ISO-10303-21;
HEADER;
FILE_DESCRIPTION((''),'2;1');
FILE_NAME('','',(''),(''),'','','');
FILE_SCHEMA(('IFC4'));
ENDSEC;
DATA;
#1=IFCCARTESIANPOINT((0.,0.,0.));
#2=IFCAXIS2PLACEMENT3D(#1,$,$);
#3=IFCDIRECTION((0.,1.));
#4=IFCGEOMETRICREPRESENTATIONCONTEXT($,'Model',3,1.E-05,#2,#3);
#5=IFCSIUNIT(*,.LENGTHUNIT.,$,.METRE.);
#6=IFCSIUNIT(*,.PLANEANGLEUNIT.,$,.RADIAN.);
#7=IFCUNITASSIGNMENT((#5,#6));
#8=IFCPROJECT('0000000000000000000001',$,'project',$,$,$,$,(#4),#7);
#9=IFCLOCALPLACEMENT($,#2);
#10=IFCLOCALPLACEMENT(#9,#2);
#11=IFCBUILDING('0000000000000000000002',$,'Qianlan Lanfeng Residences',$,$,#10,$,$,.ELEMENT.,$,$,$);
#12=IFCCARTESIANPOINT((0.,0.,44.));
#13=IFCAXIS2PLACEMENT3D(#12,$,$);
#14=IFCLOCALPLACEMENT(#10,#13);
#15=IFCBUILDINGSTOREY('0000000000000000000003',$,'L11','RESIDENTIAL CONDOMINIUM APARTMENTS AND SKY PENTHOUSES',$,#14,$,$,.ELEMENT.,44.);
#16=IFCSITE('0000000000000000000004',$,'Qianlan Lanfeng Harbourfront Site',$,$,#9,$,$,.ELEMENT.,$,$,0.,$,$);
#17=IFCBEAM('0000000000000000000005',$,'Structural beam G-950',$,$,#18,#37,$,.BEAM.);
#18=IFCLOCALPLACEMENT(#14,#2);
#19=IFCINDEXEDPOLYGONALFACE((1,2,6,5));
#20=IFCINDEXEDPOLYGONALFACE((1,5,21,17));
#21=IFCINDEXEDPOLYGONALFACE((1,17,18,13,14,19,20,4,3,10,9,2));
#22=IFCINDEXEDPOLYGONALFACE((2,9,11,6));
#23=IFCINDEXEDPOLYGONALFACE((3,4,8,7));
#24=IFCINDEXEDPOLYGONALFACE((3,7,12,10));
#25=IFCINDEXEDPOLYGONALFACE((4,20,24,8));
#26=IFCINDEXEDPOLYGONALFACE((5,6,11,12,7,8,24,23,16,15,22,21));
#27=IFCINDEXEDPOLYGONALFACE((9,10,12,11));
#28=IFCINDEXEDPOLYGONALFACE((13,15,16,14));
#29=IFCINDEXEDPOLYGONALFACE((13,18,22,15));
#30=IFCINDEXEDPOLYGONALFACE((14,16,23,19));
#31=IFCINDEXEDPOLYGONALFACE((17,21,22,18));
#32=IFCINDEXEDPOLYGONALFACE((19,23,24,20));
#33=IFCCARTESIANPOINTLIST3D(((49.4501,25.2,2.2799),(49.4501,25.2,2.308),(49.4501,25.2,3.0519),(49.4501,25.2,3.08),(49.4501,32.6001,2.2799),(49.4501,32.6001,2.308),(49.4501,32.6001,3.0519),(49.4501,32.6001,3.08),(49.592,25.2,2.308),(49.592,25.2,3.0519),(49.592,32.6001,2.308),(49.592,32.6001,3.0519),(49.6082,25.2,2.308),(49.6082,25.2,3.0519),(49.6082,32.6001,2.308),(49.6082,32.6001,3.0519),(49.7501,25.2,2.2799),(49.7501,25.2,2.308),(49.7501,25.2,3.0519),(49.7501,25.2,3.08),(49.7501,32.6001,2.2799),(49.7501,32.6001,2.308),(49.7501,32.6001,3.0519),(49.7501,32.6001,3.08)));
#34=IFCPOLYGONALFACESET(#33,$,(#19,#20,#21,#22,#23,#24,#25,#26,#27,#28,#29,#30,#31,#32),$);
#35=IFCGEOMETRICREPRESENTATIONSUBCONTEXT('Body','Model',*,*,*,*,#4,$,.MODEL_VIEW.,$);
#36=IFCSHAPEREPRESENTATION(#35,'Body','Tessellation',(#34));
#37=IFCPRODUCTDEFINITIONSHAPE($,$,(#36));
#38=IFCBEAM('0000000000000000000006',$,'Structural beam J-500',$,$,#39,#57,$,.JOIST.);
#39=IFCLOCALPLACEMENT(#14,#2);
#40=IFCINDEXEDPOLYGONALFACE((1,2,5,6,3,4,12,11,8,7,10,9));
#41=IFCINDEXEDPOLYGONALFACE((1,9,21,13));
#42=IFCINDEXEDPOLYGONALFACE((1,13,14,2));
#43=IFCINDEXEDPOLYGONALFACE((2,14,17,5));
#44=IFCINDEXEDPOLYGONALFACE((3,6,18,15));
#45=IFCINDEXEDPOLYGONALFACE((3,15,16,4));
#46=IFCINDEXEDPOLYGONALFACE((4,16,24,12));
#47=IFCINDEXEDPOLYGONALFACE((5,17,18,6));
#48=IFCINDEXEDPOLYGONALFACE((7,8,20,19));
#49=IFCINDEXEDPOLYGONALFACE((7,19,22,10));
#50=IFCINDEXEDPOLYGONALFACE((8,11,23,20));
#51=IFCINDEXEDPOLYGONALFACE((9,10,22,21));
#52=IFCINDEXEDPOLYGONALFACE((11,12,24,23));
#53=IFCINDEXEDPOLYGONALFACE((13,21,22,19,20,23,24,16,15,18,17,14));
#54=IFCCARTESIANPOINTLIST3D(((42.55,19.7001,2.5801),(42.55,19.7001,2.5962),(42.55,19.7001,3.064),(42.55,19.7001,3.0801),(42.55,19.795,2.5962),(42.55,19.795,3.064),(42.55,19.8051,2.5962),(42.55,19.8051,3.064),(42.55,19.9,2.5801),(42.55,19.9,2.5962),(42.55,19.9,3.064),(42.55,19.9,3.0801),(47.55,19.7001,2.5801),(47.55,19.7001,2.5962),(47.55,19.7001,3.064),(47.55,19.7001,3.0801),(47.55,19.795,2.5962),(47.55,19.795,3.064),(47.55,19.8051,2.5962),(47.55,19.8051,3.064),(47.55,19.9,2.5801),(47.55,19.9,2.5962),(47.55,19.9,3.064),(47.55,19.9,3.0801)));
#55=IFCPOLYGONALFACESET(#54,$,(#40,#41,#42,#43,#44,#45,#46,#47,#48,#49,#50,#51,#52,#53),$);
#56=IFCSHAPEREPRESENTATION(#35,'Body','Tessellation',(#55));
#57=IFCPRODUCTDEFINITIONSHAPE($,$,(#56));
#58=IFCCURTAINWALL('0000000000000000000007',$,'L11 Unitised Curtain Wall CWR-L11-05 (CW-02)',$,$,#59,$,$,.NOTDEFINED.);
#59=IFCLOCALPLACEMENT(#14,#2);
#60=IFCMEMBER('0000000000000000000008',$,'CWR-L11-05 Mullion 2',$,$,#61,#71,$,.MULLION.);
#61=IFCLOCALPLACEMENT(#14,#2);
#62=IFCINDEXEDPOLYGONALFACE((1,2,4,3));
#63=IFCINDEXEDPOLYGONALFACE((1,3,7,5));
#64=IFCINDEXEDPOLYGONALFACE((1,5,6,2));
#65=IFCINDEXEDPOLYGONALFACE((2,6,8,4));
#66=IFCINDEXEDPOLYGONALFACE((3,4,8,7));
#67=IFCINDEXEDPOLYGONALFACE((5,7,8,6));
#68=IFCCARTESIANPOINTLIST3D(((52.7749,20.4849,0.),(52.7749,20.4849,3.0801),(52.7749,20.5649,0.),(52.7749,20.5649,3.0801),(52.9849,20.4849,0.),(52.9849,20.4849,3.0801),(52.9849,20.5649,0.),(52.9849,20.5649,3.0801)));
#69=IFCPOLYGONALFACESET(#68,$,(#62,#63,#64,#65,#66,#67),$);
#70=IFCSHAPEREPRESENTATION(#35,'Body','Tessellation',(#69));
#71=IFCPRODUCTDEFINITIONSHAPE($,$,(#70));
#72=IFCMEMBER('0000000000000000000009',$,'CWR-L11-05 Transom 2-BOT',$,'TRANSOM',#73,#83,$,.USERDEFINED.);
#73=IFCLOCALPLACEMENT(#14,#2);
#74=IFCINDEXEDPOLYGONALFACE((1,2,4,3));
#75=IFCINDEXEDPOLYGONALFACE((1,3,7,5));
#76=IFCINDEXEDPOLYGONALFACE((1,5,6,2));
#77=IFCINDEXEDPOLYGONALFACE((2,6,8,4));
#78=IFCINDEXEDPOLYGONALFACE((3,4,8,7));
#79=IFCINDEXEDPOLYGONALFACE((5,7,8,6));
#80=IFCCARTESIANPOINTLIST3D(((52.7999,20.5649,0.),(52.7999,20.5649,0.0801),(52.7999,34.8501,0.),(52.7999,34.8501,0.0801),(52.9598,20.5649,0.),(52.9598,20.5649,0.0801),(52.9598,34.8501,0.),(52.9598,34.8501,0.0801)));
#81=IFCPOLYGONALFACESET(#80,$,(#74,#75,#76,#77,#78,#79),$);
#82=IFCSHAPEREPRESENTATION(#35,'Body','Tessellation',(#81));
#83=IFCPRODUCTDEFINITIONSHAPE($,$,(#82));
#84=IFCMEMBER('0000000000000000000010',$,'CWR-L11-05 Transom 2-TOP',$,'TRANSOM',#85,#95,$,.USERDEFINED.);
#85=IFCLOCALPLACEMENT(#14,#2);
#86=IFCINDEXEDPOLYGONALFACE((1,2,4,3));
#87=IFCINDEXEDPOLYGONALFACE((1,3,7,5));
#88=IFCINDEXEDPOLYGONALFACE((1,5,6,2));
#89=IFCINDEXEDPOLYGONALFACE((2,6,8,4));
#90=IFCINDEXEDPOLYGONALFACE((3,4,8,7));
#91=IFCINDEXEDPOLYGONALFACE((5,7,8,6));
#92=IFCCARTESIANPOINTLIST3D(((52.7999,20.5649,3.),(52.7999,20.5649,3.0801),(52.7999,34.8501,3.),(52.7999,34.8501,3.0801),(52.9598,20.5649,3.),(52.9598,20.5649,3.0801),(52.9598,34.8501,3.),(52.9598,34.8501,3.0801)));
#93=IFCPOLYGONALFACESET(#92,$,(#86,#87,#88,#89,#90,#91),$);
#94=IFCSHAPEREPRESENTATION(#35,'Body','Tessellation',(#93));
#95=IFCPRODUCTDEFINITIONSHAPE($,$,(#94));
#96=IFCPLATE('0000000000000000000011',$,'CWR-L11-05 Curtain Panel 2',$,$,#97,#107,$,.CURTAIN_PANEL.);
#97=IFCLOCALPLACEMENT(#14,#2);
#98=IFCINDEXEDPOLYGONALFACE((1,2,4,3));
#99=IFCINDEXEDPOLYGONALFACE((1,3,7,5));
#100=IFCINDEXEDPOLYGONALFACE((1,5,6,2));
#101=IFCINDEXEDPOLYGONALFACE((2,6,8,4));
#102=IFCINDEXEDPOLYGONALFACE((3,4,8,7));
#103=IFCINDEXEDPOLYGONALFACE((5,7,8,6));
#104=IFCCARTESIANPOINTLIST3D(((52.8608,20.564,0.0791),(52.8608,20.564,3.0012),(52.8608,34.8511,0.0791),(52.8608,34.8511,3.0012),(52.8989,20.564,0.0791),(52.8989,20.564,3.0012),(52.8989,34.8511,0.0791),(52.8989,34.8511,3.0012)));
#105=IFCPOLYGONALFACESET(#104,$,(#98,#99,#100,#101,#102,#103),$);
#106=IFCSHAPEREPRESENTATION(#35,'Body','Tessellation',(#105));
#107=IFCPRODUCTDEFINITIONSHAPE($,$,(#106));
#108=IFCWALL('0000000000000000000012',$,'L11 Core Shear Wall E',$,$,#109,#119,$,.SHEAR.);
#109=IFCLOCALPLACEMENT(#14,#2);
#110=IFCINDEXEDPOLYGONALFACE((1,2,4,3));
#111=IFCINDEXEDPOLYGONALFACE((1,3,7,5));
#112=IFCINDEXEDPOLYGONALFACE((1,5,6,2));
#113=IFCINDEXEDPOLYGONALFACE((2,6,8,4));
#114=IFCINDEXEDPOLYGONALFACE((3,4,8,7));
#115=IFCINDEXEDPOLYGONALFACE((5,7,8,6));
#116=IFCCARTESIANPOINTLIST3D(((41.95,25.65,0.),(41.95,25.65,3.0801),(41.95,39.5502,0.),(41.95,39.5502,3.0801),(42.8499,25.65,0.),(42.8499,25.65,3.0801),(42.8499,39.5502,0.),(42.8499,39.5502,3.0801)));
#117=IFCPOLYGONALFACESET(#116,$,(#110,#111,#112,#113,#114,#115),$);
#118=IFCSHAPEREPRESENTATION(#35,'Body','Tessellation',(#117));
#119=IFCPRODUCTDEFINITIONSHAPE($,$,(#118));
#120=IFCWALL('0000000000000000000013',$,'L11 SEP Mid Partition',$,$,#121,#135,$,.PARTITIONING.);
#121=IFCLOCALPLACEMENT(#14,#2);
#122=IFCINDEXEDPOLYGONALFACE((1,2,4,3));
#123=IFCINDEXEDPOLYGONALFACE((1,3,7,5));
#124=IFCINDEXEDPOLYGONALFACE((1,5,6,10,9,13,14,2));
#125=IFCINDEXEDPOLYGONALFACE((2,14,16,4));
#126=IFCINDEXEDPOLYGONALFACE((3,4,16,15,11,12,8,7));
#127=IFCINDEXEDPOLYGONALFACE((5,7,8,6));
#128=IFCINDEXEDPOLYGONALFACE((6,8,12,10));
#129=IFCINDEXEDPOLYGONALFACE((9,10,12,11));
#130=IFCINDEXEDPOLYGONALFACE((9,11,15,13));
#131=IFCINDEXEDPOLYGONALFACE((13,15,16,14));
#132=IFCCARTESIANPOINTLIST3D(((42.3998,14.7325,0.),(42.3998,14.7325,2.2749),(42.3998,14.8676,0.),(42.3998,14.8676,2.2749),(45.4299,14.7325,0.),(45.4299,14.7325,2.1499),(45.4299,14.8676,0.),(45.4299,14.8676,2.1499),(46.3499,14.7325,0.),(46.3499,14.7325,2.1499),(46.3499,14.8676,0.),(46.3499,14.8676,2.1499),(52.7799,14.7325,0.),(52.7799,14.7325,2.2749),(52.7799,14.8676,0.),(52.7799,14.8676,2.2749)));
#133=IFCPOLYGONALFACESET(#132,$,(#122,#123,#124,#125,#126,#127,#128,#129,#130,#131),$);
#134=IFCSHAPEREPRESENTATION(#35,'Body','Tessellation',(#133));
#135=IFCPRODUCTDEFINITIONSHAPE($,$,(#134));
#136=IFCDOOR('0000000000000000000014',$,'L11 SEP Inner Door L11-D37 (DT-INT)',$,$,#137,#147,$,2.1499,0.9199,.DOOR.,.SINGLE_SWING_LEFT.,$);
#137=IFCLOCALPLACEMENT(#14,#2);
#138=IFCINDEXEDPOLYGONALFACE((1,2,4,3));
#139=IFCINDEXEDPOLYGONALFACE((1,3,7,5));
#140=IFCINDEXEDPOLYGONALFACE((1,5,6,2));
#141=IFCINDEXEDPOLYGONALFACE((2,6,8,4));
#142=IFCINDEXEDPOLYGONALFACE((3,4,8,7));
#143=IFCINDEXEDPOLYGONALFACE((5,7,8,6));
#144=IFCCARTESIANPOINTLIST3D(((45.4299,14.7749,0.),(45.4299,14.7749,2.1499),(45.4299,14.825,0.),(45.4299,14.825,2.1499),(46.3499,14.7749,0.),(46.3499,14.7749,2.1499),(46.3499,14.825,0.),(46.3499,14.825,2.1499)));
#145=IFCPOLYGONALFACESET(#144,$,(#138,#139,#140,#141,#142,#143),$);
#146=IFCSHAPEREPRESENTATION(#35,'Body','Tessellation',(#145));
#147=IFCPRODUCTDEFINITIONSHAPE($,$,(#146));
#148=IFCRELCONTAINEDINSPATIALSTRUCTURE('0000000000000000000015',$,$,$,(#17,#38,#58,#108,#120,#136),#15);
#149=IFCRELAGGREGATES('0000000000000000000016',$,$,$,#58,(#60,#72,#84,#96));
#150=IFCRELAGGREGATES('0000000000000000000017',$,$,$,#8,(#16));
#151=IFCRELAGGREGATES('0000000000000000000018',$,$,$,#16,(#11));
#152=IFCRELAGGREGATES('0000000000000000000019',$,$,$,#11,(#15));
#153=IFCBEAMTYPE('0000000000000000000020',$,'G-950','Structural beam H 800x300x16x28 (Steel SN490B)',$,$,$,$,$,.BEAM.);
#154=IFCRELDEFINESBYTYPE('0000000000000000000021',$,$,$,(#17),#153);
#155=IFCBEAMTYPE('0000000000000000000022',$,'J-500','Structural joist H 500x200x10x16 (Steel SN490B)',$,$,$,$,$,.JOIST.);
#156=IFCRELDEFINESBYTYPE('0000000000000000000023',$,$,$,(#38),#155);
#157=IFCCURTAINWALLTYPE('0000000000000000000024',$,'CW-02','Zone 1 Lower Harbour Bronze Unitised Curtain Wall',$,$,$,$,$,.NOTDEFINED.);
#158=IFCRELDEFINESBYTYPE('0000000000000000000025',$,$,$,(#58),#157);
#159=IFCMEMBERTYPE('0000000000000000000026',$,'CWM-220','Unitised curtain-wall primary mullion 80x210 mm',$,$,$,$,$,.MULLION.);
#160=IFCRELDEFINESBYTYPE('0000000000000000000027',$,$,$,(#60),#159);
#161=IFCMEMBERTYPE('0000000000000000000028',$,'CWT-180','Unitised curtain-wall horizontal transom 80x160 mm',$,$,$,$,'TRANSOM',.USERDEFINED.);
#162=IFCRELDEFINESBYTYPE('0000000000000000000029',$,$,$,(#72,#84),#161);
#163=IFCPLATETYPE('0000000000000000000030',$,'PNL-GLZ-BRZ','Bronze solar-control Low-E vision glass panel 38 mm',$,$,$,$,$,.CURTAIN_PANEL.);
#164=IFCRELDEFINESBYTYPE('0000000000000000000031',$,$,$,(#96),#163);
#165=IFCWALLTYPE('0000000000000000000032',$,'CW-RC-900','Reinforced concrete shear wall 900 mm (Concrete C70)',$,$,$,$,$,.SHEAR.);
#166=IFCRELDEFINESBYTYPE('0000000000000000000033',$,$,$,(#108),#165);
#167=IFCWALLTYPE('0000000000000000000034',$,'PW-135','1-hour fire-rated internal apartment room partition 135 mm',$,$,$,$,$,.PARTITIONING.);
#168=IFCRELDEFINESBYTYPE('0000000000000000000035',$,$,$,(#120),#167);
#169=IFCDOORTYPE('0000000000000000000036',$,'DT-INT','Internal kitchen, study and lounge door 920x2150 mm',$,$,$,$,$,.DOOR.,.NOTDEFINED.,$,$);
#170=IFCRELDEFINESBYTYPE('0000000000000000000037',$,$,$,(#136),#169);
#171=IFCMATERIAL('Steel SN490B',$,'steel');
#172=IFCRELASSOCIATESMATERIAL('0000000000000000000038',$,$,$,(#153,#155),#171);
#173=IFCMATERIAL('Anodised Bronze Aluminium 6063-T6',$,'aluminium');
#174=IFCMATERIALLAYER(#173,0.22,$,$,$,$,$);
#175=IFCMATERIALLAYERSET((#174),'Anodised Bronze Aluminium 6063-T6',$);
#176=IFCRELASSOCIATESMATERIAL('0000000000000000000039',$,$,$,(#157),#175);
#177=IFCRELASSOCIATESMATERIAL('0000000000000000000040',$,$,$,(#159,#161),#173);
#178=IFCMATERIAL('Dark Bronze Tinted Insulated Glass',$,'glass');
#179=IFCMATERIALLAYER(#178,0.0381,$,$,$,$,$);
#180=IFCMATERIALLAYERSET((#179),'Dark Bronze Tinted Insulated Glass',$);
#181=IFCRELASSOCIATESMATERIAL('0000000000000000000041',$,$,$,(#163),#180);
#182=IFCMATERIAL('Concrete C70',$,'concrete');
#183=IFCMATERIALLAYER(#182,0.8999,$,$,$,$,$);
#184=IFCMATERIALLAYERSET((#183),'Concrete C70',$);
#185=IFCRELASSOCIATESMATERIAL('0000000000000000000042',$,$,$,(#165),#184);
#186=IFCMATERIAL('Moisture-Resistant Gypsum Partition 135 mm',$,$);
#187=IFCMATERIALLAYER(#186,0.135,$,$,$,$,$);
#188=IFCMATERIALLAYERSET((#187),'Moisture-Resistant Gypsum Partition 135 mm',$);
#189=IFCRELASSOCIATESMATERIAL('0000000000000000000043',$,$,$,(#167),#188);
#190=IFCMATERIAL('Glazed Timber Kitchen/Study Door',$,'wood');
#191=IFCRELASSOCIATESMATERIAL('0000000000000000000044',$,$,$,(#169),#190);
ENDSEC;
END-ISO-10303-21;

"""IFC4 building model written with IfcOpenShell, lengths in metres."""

from ifc_helpers import new_model, si_unit, direction, frame, frame_2d, origin, origin_2d, place, context, subcontext, project, spatial, rectangle, i_section, extrude, source, transform, mapped, material, layer, layer_set, material_profile, profile_set, type_object, element, fill, aggregate, save


model = new_model("IFC4")

# Units and contexts
model_context = context("Model", 3, precision=1e-05, world=origin(), true_north=direction((0.0, 1.0)))
body_context = subcontext(model_context, "Body", "Model", "MODEL_VIEW")
ifc_project = project(units=[si_unit("LENGTHUNIT", "METRE"), si_unit("PLANEANGLEUNIT", "RADIAN")], contexts=[model_context])

# Site, building, storey
site_placement = place(None, origin())
site = spatial("IfcSite", under=ifc_project, at=site_placement, Name="Qianlan Lanfeng Harbourfront Site", CompositionType="ELEMENT", RefElevation=0.0)
building_placement = place(site_placement, origin())
building = spatial("IfcBuilding", under=site, at=building_placement, Name="Qianlan Lanfeng Residences", CompositionType="ELEMENT")
storey_placement = place(building_placement, frame((0.0, 0.0, 44.0)))
storey = spatial("IfcBuildingStorey", under=building, at=storey_placement, Name="L11", Description="RESIDENTIAL CONDOMINIUM APARTMENTS AND SKY PENTHOUSES", CompositionType="ELEMENT", Elevation=44.0)

# Beams
ifc_material_1 = material(Name="Steel SN490B", Category="steel")
ifc_material_profile_1 = material_profile(ifc_material_1, i_section(OverallWidth=0.3, OverallDepth=0.8, WebThickness=0.0161, FlangeThickness=0.0281, at=origin_2d()), Name="H 800x300x16x28")
ifc_profile_set_1 = profile_set([ifc_material_profile_1], Name="Steel SN490B")
beam_type_1 = type_object("IfcBeamType", Name="G-950", Description="Structural beam H 800x300x16x28 (Steel SN490B)", PredefinedType="BEAM", material=ifc_profile_set_1)
beam_1_placement = place(storey_placement, frame((49.6001, 25.2, 2.6799), z_axis=(0.0, 1.0, 0.0), x_axis=(-1.0, 0.0, 0.0)))
element("IfcBeam", 1, at=beam_1_placement, inside=storey, type_object=beam_type_1, Name="Structural beam G-950", PredefinedType="BEAM", context=body_context, shape_type="SweptSolid", body=[
    extrude(i_section(OverallWidth=0.3, OverallDepth=0.8, WebThickness=0.0161, FlangeThickness=0.0281, at=origin_2d()), origin(), (0.0, 0.0, 1.0), 7.4001),
])
ifc_material_profile_2 = material_profile(ifc_material_1, i_section(OverallWidth=0.2, OverallDepth=0.5, WebThickness=0.01, FlangeThickness=0.0161, at=origin_2d()), Name="H 500x200x10x16")
ifc_profile_set_2 = profile_set([ifc_material_profile_2], Name="Steel SN490B")
beam_type_2 = type_object("IfcBeamType", Name="J-500", Description="Structural joist H 500x200x10x16 (Steel SN490B)", PredefinedType="JOIST", material=ifc_profile_set_2)
beam_2_placement = place(storey_placement, frame((42.55, 19.8, 2.8301), z_axis=(1.0, 0.0, 0.0), x_axis=(0.0, 1.0, 0.0)))
element("IfcBeam", 2, at=beam_2_placement, inside=storey, type_object=beam_type_2, Name="Structural beam J-500", PredefinedType="JOIST", context=body_context, shape_type="SweptSolid", body=[
    extrude(i_section(OverallWidth=0.2, OverallDepth=0.5, WebThickness=0.01, FlangeThickness=0.0161, at=origin_2d()), origin(), (0.0, 0.0, 1.0), 5.0),
])

# Curtain wall, members, plate
ifc_material_2 = material(Name="Anodised Bronze Aluminium 6063-T6", Category="aluminium")
ifc_layer_1 = layer(ifc_material_2, 0.22)
ifc_layer_set_1 = layer_set([ifc_layer_1], Name="Anodised Bronze Aluminium 6063-T6")
curtain_wall_type = type_object("IfcCurtainWallType", Name="CW-02", Description="Zone 1 Lower Harbour Bronze Unitised Curtain Wall", PredefinedType="NOTDEFINED", material=ifc_layer_set_1)
curtain_wall_placement = place(storey_placement, origin())
curtain_wall = element("IfcCurtainWall", 3, at=curtain_wall_placement, inside=storey, type_object=curtain_wall_type, Name="L11 Unitised Curtain Wall CWR-L11-05 (CW-02)", PredefinedType="NOTDEFINED")
ifc_material_profile_3 = material_profile(ifc_material_2, rectangle(XDim=0.0801, YDim=0.21, at=origin_2d()), Name="ALU MULLION 80x210")
ifc_profile_set_3 = profile_set([ifc_material_profile_3], Name="Anodised Bronze Aluminium 6063-T6")
member_type_1 = type_object("IfcMemberType", Name="CWM-220", Description="Unitised curtain-wall primary mullion 80x210 mm", PredefinedType="MULLION", material=ifc_profile_set_3)
shared_shape_1 = source(origin(), body_context, "Body", "SweptSolid", [
    extrude(rectangle(XDim=0.0801, YDim=0.21, at=origin_2d()), origin(), (0.0, 0.0, 1.0), 3.0801),
])
member_1_placement = place(storey_placement, frame((52.8799, 20.5249, 0.0), z_axis=(0.0, 0.0, 1.0), x_axis=(0.0, 1.0, 0.0)))
member_1 = element("IfcMember", 4, at=member_1_placement, type_object=member_type_1, Name="CWR-L11-05 Mullion 2", PredefinedType="MULLION", context=body_context, shape_type="MappedRepresentation", body=[
    mapped(shared_shape_1, transform((0.0, 0.0, 0.0), scale=1.0)),
])
ifc_material_profile_4 = material_profile(ifc_material_2, rectangle(XDim=0.0801, YDim=0.1599, at=origin_2d()), Name="ALU TRANSOM 80x160")
ifc_profile_set_4 = profile_set([ifc_material_profile_4], Name="Anodised Bronze Aluminium 6063-T6")
member_type_2 = type_object("IfcMemberType", Name="CWT-180", Description="Unitised curtain-wall horizontal transom 80x160 mm", ElementType="TRANSOM", PredefinedType="USERDEFINED", material=ifc_profile_set_4)
shared_shape_2 = source(origin(), body_context, "Body", "SweptSolid", [
    extrude(rectangle(XDim=0.0801, YDim=0.1599, at=origin_2d()), origin(), (0.0, 0.0, 1.0), 14.2852),
])
member_2_placement = place(storey_placement, frame((52.8799, 20.5649, 0.04), z_axis=(0.0, 1.0, 0.0), x_axis=(0.0, 0.0, 1.0)))
member_2 = element("IfcMember", 5, at=member_2_placement, type_object=member_type_2, Name="CWR-L11-05 Transom 2-BOT", ObjectType="TRANSOM", PredefinedType="USERDEFINED", context=body_context, shape_type="MappedRepresentation", body=[
    mapped(shared_shape_2, transform((0.0, 0.0, 0.0), scale=1.0)),
])
member_3_placement = place(storey_placement, frame((52.8799, 20.5649, 3.04), z_axis=(0.0, 1.0, 0.0), x_axis=(0.0, 0.0, 1.0)))
member_3 = element("IfcMember", 6, at=member_3_placement, type_object=member_type_2, Name="CWR-L11-05 Transom 2-TOP", ObjectType="TRANSOM", PredefinedType="USERDEFINED", context=body_context, shape_type="MappedRepresentation", body=[
    mapped(shared_shape_2, transform((0.0, 0.0, 0.0), scale=1.0)),
])
ifc_material_3 = material(Name="Dark Bronze Tinted Insulated Glass", Category="glass")
ifc_layer_2 = layer(ifc_material_3, 0.0381)
ifc_layer_set_2 = layer_set([ifc_layer_2], Name="Dark Bronze Tinted Insulated Glass")
plate_type = type_object("IfcPlateType", Name="PNL-GLZ-BRZ", Description="Bronze solar-control Low-E vision glass panel 38 mm", PredefinedType="CURTAIN_PANEL", material=ifc_layer_set_2)
shared_shape_3 = source(origin(), body_context, "Body", "SweptSolid", [
    extrude(rectangle(XDim=14.2871, YDim=0.0381, at=origin_2d()), origin(), (0.0, 0.0, 1.0), 2.9221),
])
plate_placement = place(storey_placement, frame((52.8799, 27.7075, 0.0791), z_axis=(0.0, 0.0, 1.0), x_axis=(0.0, 1.0, 0.0)))
plate = element("IfcPlate", 7, at=plate_placement, type_object=plate_type, Name="CWR-L11-05 Curtain Panel 2", PredefinedType="CURTAIN_PANEL", context=body_context, shape_type="MappedRepresentation", body=[
    mapped(shared_shape_3, transform((0.0, 0.0, 0.0), scale=1.0)),
])
aggregate(curtain_wall, [member_1, member_2, member_3, plate])

# Wall
ifc_material_4 = material(Name="Concrete C70", Category="concrete")
ifc_layer_3 = layer(ifc_material_4, 0.8999)
ifc_layer_set_3 = layer_set([ifc_layer_3], Name="Concrete C70")
wall_type_1 = type_object("IfcWallType", Name="CW-RC-900", Description="Reinforced concrete shear wall 900 mm (Concrete C70)", PredefinedType="SHEAR", material=ifc_layer_set_3)
wall_1_placement = place(storey_placement, frame((42.3999, 25.6499, 0.0), z_axis=(0.0, 0.0, 1.0), x_axis=(0.0, 1.0, 0.0)))
element("IfcWall", 8, at=wall_1_placement, inside=storey, type_object=wall_type_1, Name="L11 Core Shear Wall E", PredefinedType="SHEAR", context=body_context, shape_type="SweptSolid", body=[
    extrude(rectangle(XDim=13.9001, YDim=0.8999, at=frame_2d((6.9502, 0.0))), origin(), (0.0, 0.0, 1.0), 3.0801),
])

# Wall, opening, door
ifc_material_5 = material(Name="Moisture-Resistant Gypsum Partition 135 mm")
ifc_layer_4 = layer(ifc_material_5, 0.135)
ifc_layer_set_4 = layer_set([ifc_layer_4], Name="Moisture-Resistant Gypsum Partition 135 mm")
wall_type_2 = type_object("IfcWallType", Name="PW-135", Description="1-hour fire-rated internal apartment room partition 135 mm", PredefinedType="PARTITIONING", material=ifc_layer_set_4)
wall_2_placement = place(storey_placement, frame((42.3999, 14.8, 0.0), z_axis=(0.0, 0.0, 1.0), x_axis=(1.0, 0.0, 0.0)))
wall_2 = element("IfcWall", 9, at=wall_2_placement, inside=storey, type_object=wall_type_2, Name="L11 SEP Mid Partition", PredefinedType="PARTITIONING", context=body_context, shape_type="SweptSolid", body=[
    extrude(rectangle(XDim=10.3801, YDim=0.135, at=frame_2d((5.1899, 0.0))), origin(), (0.0, 0.0, 1.0), 2.2749),
])
opening_1_placement = place(wall_2_placement, frame((3.03, 0.0, 0.0)))
opening_1 = element("IfcOpeningElement", 10, at=opening_1_placement, cuts=wall_2, PredefinedType="OPENING", context=body_context, shape_type="SweptSolid", body=[
    extrude(rectangle(XDim=0.9199, YDim=2.1499, at=frame_2d((0.46, 1.075))), frame((0.0, 0.0776, 0.0), z_axis=(0.0, -1.0, 0.0), x_axis=(1.0, 0.0, 0.0)), (0.0, 0.0, 1.0), 0.155),
])
ifc_material_6 = material(Name="Glazed Timber Kitchen/Study Door", Category="wood")
door_type = type_object("IfcDoorType", Name="DT-INT", Description="Internal kitchen, study and lounge door 920x2150 mm", OperationType="NOTDEFINED", PredefinedType="DOOR", material=ifc_material_6)
door_1_placement = place(opening_1_placement, origin())
door_1 = element("IfcDoor", 11, at=door_1_placement, inside=storey, type_object=door_type, Name="L11 SEP Inner Door L11-D37 (DT-INT)", OperationType="SINGLE_SWING_LEFT", OverallHeight=2.1499, OverallWidth=0.9199, PredefinedType="DOOR", context=body_context, shape_type="SweptSolid", body=[
    extrude(rectangle(XDim=0.9199, YDim=2.1499, at=frame_2d((0.46, 1.075))), frame((0.0, 0.0249, 0.0), z_axis=(0.0, -1.0, 0.0), x_axis=(1.0, 0.0, 0.0)), (0.0, 0.0, 1.0), 0.05),
])
fill(opening_1, door_1)

save(model, "model.ifc")
